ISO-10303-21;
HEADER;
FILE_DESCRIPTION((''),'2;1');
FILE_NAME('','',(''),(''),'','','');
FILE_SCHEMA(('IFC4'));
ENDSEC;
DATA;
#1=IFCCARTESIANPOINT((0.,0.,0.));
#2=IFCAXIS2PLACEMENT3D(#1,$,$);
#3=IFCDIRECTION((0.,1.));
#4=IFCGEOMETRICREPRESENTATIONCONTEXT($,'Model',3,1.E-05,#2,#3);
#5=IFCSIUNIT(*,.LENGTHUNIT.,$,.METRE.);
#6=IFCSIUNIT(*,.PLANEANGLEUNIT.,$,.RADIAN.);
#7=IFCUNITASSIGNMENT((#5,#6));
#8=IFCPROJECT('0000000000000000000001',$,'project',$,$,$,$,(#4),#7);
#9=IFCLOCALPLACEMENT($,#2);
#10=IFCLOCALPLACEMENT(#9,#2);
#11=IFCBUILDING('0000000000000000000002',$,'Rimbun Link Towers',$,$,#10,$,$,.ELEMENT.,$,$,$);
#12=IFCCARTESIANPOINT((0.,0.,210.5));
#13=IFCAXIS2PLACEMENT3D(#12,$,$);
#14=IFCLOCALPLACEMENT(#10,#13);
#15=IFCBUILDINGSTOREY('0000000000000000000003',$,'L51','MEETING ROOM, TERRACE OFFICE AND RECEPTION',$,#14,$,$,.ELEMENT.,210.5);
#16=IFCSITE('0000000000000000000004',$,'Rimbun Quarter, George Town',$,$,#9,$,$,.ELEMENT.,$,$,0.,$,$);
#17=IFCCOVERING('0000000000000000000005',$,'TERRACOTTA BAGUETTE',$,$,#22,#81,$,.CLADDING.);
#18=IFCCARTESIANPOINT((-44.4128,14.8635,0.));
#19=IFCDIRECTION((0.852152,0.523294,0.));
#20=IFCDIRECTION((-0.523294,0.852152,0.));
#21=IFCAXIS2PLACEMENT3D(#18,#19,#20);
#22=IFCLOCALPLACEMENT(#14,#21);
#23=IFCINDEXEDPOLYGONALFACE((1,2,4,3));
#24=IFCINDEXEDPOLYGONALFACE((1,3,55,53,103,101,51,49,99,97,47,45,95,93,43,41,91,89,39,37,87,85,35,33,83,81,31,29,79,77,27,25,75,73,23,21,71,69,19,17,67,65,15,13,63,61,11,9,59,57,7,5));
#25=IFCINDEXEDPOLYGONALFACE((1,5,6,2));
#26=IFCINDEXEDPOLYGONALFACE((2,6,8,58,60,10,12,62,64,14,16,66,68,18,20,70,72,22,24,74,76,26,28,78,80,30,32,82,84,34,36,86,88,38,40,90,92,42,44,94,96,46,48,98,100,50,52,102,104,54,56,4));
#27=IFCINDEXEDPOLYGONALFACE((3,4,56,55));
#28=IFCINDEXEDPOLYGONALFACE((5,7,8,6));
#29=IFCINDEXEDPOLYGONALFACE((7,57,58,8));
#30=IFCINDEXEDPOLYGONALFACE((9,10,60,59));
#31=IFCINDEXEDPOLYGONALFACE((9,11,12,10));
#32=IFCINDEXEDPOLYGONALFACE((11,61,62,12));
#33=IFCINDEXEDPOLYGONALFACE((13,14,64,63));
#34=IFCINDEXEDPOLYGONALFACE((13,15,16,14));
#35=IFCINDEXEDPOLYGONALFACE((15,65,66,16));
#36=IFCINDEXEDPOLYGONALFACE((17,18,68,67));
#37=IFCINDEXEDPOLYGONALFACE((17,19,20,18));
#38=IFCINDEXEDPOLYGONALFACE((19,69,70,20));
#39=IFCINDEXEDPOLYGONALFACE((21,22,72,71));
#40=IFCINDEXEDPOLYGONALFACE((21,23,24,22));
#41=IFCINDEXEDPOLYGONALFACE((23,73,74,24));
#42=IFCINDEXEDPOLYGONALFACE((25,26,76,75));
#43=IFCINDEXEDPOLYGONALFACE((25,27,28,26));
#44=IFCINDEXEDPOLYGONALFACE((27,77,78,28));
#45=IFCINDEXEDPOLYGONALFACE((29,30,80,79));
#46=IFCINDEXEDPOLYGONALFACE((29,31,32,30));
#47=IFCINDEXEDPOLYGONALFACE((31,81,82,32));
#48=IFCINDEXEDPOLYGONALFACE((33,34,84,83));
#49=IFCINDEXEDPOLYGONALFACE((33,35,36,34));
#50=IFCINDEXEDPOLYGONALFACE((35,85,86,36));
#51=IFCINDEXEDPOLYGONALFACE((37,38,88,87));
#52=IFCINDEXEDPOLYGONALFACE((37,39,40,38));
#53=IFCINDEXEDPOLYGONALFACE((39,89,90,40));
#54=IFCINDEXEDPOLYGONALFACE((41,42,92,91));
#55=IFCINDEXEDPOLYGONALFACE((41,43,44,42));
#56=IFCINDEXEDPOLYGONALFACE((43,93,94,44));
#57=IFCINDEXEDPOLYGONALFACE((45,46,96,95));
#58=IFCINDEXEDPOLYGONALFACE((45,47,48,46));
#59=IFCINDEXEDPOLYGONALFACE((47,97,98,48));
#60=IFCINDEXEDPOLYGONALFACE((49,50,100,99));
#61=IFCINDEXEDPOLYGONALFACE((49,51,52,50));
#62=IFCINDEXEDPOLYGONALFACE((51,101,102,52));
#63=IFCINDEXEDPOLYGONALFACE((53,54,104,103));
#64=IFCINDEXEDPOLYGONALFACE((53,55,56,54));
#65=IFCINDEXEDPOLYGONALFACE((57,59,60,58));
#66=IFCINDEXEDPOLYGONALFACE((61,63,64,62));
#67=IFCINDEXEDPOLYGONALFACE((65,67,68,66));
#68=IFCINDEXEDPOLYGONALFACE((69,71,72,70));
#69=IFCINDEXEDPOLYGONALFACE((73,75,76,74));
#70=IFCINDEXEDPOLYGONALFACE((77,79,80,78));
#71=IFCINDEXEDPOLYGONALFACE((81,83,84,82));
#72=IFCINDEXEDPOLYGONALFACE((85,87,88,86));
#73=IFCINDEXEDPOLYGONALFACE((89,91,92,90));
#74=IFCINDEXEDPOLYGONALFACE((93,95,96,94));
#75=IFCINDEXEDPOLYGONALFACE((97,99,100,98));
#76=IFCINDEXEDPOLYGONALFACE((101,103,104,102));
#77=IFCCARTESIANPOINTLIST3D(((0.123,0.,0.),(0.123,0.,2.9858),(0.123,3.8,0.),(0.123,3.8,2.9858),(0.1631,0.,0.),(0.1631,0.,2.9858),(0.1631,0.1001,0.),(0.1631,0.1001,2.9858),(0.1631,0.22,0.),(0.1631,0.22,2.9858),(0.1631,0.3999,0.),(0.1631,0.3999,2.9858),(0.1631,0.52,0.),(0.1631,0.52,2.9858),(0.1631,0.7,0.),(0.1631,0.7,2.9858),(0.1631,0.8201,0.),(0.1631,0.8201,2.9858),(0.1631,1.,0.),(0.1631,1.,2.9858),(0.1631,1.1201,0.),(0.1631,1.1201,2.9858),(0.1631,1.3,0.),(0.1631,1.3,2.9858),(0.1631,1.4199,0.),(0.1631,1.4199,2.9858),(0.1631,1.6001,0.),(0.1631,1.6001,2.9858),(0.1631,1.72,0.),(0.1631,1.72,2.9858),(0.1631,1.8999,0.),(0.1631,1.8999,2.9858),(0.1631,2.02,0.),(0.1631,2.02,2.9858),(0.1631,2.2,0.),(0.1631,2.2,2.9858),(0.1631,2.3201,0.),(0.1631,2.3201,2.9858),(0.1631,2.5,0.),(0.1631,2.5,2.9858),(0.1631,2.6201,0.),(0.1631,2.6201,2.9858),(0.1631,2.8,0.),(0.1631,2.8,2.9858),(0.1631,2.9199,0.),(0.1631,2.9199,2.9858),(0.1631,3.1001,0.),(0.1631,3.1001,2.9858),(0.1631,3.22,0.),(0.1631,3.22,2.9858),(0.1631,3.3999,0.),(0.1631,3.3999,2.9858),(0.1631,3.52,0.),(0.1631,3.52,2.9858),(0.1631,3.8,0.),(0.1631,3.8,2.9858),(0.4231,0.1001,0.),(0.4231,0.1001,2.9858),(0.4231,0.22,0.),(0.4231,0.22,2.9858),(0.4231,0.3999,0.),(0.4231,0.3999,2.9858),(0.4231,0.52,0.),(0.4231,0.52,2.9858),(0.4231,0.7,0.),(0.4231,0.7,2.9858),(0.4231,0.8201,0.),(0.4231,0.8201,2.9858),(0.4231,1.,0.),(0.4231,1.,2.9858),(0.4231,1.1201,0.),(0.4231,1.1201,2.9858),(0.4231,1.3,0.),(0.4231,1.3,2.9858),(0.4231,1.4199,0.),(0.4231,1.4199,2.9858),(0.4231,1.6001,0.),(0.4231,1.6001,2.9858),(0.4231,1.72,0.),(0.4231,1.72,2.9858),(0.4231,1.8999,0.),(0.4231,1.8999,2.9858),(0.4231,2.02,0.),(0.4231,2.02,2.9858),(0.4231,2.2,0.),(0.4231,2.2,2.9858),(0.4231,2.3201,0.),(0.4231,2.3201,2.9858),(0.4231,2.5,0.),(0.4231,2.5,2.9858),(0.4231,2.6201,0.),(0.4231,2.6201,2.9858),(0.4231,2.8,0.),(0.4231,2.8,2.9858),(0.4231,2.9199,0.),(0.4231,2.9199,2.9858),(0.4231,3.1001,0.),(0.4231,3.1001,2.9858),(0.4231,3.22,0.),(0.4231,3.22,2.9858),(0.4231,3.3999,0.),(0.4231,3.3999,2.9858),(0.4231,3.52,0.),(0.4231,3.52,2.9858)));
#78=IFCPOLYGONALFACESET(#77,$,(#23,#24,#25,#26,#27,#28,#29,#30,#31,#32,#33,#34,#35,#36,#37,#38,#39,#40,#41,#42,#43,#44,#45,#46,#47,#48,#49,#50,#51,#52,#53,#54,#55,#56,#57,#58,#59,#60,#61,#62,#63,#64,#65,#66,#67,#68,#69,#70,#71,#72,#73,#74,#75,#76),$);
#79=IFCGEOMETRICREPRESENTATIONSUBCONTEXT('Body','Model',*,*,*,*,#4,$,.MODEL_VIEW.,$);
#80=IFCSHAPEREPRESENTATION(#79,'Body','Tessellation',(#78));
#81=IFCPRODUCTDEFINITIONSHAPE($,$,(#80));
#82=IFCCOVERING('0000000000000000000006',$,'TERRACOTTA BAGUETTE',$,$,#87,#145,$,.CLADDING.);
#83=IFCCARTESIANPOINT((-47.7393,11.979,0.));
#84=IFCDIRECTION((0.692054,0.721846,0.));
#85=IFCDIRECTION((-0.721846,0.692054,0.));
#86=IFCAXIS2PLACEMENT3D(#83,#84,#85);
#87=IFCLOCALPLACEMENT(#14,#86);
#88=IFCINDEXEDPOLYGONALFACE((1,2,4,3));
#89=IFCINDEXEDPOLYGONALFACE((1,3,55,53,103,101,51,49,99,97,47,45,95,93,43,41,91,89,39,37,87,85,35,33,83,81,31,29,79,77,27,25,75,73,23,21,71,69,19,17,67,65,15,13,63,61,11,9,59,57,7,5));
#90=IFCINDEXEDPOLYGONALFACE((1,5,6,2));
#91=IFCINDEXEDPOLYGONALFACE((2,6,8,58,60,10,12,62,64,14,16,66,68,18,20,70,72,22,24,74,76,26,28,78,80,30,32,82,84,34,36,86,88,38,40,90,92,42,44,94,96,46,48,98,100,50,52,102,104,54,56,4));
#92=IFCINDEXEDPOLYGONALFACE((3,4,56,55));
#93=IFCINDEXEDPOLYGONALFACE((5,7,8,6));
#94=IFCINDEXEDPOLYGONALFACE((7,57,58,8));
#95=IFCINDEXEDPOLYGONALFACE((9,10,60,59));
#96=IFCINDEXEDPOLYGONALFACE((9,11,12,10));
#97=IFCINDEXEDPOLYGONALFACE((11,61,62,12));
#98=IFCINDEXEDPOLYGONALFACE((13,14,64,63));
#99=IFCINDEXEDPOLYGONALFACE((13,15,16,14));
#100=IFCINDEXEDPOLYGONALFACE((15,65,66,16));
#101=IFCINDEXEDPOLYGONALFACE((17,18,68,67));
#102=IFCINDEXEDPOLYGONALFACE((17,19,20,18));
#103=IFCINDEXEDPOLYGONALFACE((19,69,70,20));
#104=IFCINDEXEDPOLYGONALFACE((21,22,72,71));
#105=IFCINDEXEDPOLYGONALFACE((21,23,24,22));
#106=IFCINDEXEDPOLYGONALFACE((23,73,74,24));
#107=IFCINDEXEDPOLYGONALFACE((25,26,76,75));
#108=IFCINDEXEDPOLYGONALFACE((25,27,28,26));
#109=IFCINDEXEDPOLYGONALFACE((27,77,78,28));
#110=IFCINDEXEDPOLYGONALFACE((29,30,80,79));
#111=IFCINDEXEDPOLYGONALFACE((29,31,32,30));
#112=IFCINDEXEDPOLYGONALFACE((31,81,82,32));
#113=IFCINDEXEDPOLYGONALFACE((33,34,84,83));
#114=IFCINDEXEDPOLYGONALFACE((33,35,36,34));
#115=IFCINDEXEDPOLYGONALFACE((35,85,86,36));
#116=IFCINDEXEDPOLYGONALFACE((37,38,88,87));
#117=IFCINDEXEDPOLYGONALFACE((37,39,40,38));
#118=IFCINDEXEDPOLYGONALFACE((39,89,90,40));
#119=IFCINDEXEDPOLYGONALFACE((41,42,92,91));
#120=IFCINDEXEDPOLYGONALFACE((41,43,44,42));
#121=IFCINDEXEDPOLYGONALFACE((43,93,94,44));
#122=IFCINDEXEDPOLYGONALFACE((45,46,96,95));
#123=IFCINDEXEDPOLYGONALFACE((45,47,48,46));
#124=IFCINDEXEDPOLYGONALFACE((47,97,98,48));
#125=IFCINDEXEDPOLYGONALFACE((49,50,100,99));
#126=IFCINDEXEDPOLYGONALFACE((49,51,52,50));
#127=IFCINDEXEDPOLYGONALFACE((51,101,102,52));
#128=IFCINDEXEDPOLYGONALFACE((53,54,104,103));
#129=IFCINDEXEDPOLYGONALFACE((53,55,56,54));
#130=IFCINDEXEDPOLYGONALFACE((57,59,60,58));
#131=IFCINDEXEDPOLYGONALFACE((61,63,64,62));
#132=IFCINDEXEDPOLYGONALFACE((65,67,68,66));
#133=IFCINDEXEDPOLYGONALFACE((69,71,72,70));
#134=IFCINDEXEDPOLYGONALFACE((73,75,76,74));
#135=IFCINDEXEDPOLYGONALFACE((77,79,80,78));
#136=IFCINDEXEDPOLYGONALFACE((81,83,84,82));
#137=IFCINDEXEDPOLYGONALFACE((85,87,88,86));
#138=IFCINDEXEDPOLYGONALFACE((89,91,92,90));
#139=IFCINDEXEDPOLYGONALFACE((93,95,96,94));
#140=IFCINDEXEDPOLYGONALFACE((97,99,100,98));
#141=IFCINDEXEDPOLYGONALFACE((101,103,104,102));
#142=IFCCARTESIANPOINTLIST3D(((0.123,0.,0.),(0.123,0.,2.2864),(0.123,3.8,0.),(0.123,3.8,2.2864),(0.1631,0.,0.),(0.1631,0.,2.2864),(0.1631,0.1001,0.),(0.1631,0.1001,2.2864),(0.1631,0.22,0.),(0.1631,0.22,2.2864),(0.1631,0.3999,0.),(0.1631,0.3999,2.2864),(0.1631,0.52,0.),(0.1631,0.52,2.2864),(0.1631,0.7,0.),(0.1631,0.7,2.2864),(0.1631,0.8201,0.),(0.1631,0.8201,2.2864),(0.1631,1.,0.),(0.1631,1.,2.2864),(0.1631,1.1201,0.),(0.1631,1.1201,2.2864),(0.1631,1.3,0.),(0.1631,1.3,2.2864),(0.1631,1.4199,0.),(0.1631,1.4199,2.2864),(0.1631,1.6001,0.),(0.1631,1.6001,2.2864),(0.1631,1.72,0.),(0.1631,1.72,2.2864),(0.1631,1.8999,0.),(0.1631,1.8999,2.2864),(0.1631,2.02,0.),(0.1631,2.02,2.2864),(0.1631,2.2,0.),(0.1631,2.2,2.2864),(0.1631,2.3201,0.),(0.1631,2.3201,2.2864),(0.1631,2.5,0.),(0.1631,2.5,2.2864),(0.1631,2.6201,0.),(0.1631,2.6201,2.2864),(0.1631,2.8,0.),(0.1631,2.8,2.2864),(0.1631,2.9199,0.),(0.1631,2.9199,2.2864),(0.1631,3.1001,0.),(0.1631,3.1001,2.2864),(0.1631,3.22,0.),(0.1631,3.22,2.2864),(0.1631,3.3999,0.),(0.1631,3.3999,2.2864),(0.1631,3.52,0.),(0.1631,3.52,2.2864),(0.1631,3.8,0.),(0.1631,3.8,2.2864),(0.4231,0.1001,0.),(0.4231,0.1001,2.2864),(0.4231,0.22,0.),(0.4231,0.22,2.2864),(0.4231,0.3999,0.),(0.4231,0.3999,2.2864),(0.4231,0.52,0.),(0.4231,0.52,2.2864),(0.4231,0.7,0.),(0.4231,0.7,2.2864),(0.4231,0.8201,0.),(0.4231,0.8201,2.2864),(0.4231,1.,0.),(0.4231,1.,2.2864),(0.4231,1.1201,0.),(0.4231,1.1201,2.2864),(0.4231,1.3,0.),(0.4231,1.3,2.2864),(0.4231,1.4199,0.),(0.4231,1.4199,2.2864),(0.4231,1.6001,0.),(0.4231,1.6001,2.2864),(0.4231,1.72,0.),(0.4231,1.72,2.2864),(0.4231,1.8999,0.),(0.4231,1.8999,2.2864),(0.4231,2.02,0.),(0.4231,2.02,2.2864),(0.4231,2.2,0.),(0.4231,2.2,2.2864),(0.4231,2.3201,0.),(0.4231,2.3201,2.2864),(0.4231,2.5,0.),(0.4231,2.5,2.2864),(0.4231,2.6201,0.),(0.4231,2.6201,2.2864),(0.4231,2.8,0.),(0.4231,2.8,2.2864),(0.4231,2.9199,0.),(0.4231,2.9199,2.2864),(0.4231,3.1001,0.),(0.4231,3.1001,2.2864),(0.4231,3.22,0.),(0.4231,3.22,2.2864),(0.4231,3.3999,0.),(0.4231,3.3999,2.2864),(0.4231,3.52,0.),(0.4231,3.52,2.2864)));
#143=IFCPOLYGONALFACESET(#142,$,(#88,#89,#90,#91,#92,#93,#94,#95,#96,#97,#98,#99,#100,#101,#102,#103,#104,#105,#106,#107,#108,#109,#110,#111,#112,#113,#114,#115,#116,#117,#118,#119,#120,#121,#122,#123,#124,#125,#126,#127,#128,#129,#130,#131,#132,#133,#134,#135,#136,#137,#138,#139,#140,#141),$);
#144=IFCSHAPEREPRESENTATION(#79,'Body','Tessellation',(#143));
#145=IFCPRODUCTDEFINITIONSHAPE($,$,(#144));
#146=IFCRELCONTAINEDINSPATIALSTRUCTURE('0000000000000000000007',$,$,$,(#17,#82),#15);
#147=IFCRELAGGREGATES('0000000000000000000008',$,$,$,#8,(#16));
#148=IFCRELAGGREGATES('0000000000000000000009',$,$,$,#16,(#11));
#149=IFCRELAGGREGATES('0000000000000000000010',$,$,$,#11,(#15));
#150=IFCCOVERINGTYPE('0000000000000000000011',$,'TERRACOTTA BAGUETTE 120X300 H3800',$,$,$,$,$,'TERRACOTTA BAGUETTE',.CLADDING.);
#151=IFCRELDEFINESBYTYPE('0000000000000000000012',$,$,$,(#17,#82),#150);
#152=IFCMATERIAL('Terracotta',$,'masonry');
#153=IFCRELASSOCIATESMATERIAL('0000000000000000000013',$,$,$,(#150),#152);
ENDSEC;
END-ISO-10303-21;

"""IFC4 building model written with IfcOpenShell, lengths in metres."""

from ifc_helpers import new_model, si_unit, direction, frame, origin, place, context, subcontext, project, spatial, polyline, outline, extrude, material, material_profile, profile_set, type_object, element, save


model = new_model("IFC4")

# Units and contexts
model_context = context("Model", 3, precision=1e-05, world=origin(), true_north=direction((0.0, 1.0)))
body_context = subcontext(model_context, "Body", "Model", "MODEL_VIEW")
ifc_project = project(units=[si_unit("LENGTHUNIT", "METRE"), si_unit("PLANEANGLEUNIT", "RADIAN")], contexts=[model_context])

# Site, building, storey
site_placement = place(None, origin())
site = spatial("IfcSite", under=ifc_project, at=site_placement, Name="Rimbun Quarter, George Town", CompositionType="ELEMENT", RefElevation=0.0)
building_placement = place(site_placement, origin())
building = spatial("IfcBuilding", under=site, at=building_placement, Name="Rimbun Link Towers", CompositionType="ELEMENT")
storey_placement = place(building_placement, frame((0.0, 0.0, 210.5)))
storey = spatial("IfcBuildingStorey", under=building, at=storey_placement, Name="L51", Description="MEETING ROOM, TERRACE OFFICE AND RECEPTION", CompositionType="ELEMENT", Elevation=210.5)

# Coverings
ifc_material_1 = material(Name="Terracotta", Category="masonry")
ifc_material_profile_1 = material_profile(ifc_material_1, outline(polyline([(0.123, 0.0), (0.1631, 0.0), (0.1631, 0.1001), (0.4231, 0.1001), (0.4231, 0.22), (0.1631, 0.22), (0.1631, 0.3999), (0.4231, 0.3999), (0.4231, 0.52), (0.1631, 0.52), (0.1631, 0.7), (0.4231, 0.7), (0.4231, 0.8201), (0.1631, 0.8201), (0.1631, 1.0), (0.4231, 1.0), (0.4231, 1.1201), (0.1631, 1.1201), (0.1631, 1.3), (0.4231, 1.3), (0.4231, 1.4199), (0.1631, 1.4199), (0.1631, 1.6001), (0.4231, 1.6001), (0.4231, 1.72), (0.1631, 1.72), (0.1631, 1.8999), (0.4231, 1.8999), (0.4231, 2.02), (0.1631, 2.02), (0.1631, 2.2), (0.4231, 2.2), (0.4231, 2.3201), (0.1631, 2.3201), (0.1631, 2.5), (0.4231, 2.5), (0.4231, 2.6201), (0.1631, 2.6201), (0.1631, 2.8), (0.4231, 2.8), (0.4231, 2.9199), (0.1631, 2.9199), (0.1631, 3.1001), (0.4231, 3.1001), (0.4231, 3.22), (0.1631, 3.22), (0.1631, 3.3999), (0.4231, 3.3999), (0.4231, 3.52), (0.1631, 3.52), (0.1631, 3.8), (0.123, 3.8), (0.123, 0.0)])), Name="BAGUETTE 120X300")
ifc_profile_set_1 = profile_set([ifc_material_profile_1], Name="Terracotta")
covering_type = type_object("IfcCoveringType", Name="TERRACOTTA BAGUETTE 120X300 H3800", ElementType="TERRACOTTA BAGUETTE", PredefinedType="CLADDING", material=ifc_profile_set_1)
covering_1_placement = place(storey_placement, frame((-44.4128, 14.8635, 0.0), z_axis=(0.852152, 0.523294, 0.0), x_axis=(-0.523294, 0.852152, 0.0)))
element("IfcCovering", 1, at=covering_1_placement, inside=storey, type_object=covering_type, Name="TERRACOTTA BAGUETTE", PredefinedType="CLADDING", context=body_context, shape_type="SweptSolid", body=[
    extrude(outline(polyline([(0.123, 0.0), (0.1631, 0.0), (0.1631, 0.1001), (0.4231, 0.1001), (0.4231, 0.22), (0.1631, 0.22), (0.1631, 0.3999), (0.4231, 0.3999), (0.4231, 0.52), (0.1631, 0.52), (0.1631, 0.7), (0.4231, 0.7), (0.4231, 0.8201), (0.1631, 0.8201), (0.1631, 1.0), (0.4231, 1.0), (0.4231, 1.1201), (0.1631, 1.1201), (0.1631, 1.3), (0.4231, 1.3), (0.4231, 1.4199), (0.1631, 1.4199), (0.1631, 1.6001), (0.4231, 1.6001), (0.4231, 1.72), (0.1631, 1.72), (0.1631, 1.8999), (0.4231, 1.8999), (0.4231, 2.02), (0.1631, 2.02), (0.1631, 2.2), (0.4231, 2.2), (0.4231, 2.3201), (0.1631, 2.3201), (0.1631, 2.5), (0.4231, 2.5), (0.4231, 2.6201), (0.1631, 2.6201), (0.1631, 2.8), (0.4231, 2.8), (0.4231, 2.9199), (0.1631, 2.9199), (0.1631, 3.1001), (0.4231, 3.1001), (0.4231, 3.22), (0.1631, 3.22), (0.1631, 3.3999), (0.4231, 3.3999), (0.4231, 3.52), (0.1631, 3.52), (0.1631, 3.8), (0.123, 3.8), (0.123, 0.0)])), origin(), (0.0, 0.0, 1.0), 2.9858),
])
covering_2_placement = place(storey_placement, frame((-47.7393, 11.979, 0.0), z_axis=(0.692054, 0.721846, 0.0), x_axis=(-0.721846, 0.692054, 0.0)))
element("IfcCovering", 2, at=covering_2_placement, inside=storey, type_object=covering_type, Name="TERRACOTTA BAGUETTE", PredefinedType="CLADDING", context=body_context, shape_type="SweptSolid", body=[
    extrude(outline(polyline([(0.123, 0.0), (0.1631, 0.0), (0.1631, 0.1001), (0.4231, 0.1001), (0.4231, 0.22), (0.1631, 0.22), (0.1631, 0.3999), (0.4231, 0.3999), (0.4231, 0.52), (0.1631, 0.52), (0.1631, 0.7), (0.4231, 0.7), (0.4231, 0.8201), (0.1631, 0.8201), (0.1631, 1.0), (0.4231, 1.0), (0.4231, 1.1201), (0.1631, 1.1201), (0.1631, 1.3), (0.4231, 1.3), (0.4231, 1.4199), (0.1631, 1.4199), (0.1631, 1.6001), (0.4231, 1.6001), (0.4231, 1.72), (0.1631, 1.72), (0.1631, 1.8999), (0.4231, 1.8999), (0.4231, 2.02), (0.1631, 2.02), (0.1631, 2.2), (0.4231, 2.2), (0.4231, 2.3201), (0.1631, 2.3201), (0.1631, 2.5), (0.4231, 2.5), (0.4231, 2.6201), (0.1631, 2.6201), (0.1631, 2.8), (0.4231, 2.8), (0.4231, 2.9199), (0.1631, 2.9199), (0.1631, 3.1001), (0.4231, 3.1001), (0.4231, 3.22), (0.1631, 3.22), (0.1631, 3.3999), (0.4231, 3.3999), (0.4231, 3.52), (0.1631, 3.52), (0.1631, 3.8), (0.123, 3.8), (0.123, 0.0)])), origin(), (0.0, 0.0, 1.0), 2.2864),
])

save(model, "model.ifc")
